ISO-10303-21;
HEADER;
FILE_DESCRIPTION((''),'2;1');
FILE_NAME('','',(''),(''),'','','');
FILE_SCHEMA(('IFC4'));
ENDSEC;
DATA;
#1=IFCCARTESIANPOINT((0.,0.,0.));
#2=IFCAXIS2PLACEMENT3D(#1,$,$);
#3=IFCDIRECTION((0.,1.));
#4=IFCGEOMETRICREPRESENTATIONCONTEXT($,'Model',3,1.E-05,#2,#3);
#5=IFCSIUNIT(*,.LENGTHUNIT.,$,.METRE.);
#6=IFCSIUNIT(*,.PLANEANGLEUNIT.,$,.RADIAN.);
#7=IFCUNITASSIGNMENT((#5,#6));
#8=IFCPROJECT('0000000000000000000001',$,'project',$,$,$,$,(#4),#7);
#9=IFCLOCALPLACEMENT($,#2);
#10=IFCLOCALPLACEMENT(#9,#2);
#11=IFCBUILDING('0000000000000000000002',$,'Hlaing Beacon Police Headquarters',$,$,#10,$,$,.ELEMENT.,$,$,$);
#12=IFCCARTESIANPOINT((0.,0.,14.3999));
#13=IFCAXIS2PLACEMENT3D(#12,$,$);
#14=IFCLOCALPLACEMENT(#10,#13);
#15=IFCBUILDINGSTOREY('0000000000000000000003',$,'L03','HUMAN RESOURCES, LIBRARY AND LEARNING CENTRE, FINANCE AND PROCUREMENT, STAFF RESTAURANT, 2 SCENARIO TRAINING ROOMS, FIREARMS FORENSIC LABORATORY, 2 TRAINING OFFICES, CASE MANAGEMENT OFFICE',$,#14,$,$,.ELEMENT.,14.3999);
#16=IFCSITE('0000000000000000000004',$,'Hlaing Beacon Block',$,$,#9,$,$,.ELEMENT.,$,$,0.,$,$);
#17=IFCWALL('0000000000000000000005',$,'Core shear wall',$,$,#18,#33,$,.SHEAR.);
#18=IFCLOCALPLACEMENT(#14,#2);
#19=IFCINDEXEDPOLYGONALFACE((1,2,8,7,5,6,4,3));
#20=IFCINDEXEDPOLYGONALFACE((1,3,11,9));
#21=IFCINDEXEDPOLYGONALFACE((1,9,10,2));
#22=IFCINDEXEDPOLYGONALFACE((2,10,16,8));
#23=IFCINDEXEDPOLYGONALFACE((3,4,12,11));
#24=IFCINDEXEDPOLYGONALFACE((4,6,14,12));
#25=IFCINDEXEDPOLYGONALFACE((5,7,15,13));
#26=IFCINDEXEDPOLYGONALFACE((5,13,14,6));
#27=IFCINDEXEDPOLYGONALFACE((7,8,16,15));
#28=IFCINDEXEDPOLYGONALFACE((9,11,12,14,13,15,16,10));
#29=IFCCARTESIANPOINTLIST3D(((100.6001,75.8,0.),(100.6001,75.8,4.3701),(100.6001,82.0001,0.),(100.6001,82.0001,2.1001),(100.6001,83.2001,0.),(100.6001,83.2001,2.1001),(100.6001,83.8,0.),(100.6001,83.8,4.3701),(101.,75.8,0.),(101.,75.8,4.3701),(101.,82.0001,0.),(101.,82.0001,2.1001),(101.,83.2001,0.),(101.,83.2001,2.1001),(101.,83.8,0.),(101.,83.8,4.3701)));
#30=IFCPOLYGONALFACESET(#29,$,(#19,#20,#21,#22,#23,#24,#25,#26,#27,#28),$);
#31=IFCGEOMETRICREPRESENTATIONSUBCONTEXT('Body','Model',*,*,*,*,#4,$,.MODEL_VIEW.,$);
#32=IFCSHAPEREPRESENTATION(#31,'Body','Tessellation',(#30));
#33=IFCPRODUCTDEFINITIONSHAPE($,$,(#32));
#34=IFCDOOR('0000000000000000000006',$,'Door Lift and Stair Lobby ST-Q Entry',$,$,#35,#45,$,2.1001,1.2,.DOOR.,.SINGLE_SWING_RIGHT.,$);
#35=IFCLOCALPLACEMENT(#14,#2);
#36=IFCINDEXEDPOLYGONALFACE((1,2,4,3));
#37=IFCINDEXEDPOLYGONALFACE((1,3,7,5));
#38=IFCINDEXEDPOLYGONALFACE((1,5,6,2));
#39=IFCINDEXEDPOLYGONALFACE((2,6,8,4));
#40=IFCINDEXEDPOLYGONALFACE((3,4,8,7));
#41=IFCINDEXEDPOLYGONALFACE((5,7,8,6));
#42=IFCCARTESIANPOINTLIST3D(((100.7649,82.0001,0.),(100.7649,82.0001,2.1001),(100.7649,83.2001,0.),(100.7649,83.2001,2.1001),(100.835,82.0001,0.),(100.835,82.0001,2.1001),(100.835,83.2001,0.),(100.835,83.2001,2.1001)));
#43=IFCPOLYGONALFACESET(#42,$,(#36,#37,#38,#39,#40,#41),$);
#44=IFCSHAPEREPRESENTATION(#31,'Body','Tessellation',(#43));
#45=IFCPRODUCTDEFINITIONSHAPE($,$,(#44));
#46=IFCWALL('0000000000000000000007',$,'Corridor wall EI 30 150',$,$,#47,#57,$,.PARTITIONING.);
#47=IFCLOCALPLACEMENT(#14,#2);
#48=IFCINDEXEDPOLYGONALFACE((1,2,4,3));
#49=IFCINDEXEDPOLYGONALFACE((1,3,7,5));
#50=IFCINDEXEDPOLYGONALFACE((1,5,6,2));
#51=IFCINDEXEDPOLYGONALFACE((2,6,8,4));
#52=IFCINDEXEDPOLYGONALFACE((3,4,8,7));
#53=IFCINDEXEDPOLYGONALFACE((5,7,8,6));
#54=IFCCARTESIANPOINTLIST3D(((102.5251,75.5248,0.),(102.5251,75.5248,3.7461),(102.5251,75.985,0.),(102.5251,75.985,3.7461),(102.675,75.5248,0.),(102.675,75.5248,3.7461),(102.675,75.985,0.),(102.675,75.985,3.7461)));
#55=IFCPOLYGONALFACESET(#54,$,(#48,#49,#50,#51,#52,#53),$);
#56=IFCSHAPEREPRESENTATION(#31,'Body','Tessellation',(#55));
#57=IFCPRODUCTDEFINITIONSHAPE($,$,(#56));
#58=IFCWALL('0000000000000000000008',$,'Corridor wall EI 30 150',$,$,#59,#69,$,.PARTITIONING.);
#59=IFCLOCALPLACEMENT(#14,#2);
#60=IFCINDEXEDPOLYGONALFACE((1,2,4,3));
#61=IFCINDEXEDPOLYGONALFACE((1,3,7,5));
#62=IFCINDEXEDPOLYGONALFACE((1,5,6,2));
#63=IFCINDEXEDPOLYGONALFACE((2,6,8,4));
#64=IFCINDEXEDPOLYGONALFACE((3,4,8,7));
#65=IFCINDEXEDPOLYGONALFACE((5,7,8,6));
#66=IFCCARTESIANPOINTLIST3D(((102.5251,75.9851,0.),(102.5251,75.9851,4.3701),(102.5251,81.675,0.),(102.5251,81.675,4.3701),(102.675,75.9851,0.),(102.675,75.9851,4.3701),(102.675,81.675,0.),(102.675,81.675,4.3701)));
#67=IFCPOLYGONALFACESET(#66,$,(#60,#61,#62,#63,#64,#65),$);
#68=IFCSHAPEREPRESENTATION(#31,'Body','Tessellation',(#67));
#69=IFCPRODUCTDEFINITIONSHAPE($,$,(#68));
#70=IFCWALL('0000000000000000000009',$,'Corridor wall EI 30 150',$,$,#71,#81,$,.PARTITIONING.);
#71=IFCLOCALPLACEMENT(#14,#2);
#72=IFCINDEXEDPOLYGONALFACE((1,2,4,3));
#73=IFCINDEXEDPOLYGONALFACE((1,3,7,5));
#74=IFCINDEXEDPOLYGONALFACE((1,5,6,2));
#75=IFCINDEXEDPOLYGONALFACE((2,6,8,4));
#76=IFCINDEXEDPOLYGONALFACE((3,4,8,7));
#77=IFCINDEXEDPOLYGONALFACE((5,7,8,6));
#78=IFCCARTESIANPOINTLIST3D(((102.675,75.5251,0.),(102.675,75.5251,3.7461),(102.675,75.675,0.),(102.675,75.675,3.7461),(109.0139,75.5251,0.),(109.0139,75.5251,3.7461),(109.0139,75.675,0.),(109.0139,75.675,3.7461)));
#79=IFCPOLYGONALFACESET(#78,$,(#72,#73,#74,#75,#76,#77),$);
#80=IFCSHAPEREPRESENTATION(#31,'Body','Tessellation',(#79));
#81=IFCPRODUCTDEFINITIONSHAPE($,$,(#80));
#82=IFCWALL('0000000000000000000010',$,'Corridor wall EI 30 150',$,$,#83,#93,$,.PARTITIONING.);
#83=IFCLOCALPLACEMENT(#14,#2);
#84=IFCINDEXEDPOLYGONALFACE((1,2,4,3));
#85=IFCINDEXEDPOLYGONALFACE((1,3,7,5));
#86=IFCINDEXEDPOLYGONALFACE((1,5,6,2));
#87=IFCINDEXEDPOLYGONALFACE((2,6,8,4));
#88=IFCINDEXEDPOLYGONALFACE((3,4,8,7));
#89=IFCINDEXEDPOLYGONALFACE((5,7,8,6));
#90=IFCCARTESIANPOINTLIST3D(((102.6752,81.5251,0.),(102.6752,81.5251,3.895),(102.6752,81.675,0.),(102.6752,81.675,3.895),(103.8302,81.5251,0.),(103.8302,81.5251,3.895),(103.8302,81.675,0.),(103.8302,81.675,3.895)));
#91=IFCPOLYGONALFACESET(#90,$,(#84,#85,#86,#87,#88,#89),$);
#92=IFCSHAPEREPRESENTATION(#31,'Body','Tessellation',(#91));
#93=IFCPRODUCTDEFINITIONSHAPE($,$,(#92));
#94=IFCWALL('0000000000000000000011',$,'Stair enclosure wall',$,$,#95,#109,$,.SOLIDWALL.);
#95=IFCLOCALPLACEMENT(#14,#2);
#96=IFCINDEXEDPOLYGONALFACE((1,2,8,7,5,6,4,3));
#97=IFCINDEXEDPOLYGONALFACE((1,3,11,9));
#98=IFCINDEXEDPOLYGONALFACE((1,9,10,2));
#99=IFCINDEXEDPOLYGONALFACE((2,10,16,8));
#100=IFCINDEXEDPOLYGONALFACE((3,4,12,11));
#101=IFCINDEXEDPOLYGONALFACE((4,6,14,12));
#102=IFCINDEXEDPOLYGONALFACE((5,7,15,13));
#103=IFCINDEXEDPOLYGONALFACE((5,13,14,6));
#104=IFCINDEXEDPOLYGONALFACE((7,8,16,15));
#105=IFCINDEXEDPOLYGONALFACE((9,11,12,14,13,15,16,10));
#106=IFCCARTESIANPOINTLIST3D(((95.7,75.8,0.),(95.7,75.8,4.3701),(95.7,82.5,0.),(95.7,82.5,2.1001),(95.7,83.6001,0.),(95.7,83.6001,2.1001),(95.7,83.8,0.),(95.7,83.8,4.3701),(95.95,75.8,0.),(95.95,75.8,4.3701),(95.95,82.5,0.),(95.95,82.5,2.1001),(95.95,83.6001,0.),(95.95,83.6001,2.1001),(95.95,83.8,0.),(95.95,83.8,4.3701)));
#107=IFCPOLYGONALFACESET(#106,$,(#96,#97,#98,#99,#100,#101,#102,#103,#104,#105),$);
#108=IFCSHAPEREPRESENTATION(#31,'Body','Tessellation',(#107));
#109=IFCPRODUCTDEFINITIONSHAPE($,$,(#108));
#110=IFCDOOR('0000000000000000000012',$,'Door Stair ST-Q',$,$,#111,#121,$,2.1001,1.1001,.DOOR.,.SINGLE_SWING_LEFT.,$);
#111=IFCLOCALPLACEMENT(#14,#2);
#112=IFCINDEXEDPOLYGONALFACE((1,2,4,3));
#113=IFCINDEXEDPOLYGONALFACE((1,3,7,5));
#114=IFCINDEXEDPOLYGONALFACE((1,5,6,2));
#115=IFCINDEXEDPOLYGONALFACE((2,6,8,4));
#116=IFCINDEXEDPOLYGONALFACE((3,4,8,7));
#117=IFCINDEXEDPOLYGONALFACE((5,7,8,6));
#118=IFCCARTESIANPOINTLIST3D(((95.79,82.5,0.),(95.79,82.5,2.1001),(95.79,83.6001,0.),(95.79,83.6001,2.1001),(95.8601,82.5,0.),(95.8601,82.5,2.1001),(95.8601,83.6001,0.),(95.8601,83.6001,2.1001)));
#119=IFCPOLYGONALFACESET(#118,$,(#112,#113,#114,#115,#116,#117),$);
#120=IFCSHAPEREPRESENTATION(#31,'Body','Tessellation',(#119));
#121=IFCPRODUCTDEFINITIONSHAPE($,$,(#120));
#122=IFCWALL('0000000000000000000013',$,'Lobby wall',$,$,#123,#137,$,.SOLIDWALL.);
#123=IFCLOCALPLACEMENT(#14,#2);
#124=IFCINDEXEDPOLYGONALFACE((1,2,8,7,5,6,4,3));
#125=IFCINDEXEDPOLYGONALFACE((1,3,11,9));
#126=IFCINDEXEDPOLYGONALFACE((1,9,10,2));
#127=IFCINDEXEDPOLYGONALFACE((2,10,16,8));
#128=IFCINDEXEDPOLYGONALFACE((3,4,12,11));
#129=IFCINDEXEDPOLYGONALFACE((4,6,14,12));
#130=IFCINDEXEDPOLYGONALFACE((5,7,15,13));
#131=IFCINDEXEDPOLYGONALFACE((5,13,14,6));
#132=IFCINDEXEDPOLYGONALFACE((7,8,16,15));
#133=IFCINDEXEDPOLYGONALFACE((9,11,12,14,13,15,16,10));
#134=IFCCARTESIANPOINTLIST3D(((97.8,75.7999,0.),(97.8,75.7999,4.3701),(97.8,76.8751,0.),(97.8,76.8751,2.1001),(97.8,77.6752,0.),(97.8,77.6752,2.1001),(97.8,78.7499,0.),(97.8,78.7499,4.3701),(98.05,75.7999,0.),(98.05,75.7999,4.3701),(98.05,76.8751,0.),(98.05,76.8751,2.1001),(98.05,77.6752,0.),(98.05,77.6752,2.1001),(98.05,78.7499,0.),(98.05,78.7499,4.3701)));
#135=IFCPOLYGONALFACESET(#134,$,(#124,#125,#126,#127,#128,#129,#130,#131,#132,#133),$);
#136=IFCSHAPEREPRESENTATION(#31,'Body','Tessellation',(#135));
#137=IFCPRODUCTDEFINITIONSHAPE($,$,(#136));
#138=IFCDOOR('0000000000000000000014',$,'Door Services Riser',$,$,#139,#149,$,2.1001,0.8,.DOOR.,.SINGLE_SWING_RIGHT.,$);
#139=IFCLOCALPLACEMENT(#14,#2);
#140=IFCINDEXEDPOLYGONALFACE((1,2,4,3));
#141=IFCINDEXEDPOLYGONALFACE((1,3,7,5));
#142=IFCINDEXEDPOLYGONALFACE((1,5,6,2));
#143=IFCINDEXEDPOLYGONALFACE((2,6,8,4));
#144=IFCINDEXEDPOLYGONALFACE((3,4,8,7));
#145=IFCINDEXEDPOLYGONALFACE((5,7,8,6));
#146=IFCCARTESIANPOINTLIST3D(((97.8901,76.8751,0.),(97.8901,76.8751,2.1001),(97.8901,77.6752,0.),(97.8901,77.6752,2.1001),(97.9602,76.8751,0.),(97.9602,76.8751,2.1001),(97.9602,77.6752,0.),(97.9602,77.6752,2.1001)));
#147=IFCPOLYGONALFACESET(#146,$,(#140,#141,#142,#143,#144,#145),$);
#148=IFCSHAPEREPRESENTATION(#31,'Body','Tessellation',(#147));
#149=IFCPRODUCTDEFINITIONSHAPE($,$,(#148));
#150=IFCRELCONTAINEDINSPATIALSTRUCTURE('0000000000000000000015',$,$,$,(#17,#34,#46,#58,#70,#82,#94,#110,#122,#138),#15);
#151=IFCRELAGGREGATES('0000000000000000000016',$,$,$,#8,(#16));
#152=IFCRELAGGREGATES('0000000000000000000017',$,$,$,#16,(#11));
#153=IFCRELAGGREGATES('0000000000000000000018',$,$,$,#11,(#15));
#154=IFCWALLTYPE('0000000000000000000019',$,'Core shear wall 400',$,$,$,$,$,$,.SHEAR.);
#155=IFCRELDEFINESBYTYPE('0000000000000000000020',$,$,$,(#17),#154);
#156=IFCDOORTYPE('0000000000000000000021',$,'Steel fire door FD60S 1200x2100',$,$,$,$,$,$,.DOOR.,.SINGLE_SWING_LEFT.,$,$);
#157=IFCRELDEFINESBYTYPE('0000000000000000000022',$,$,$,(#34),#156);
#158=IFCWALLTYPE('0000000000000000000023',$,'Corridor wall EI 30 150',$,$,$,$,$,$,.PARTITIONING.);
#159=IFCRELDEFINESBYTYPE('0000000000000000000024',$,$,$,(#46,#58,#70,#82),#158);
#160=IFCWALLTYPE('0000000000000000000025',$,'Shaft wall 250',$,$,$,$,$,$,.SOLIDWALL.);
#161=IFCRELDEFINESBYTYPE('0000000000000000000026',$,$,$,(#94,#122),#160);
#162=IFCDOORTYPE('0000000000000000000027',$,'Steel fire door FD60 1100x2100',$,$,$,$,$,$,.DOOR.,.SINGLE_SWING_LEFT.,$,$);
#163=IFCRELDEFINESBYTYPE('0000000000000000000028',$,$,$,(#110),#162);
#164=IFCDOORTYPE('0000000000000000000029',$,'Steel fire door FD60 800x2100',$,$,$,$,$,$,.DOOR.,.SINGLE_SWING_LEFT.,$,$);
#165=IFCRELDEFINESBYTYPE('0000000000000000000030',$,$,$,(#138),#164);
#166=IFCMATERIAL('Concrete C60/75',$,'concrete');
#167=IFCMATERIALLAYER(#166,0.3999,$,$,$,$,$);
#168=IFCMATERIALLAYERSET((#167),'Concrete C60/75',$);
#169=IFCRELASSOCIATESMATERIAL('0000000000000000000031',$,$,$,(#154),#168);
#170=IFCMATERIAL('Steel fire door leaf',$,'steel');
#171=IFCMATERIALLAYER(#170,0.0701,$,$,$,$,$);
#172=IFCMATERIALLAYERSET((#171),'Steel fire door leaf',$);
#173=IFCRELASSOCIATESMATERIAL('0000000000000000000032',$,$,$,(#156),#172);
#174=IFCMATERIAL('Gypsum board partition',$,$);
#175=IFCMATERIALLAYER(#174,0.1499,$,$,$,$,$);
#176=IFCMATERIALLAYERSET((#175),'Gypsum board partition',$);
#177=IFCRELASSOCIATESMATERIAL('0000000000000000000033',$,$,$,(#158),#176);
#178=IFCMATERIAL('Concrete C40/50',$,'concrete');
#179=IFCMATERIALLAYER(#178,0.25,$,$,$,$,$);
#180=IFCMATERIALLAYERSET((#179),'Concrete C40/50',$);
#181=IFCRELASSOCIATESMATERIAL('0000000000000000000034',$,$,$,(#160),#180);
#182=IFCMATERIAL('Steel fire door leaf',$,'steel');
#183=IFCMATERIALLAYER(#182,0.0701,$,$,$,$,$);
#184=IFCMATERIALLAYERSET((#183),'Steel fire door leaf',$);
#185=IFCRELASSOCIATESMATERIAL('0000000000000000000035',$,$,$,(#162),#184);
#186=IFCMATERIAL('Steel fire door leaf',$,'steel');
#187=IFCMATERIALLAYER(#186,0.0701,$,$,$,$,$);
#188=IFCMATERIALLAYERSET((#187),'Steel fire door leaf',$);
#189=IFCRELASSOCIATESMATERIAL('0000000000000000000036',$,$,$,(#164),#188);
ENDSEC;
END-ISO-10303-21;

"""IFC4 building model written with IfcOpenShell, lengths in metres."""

from ifc_helpers import new_model, si_unit, direction, frame, frame_2d, origin, place, context, subcontext, project, spatial, rectangle, extrude, material, layer, layer_set, type_object, element, fill, save


model = new_model("IFC4")

# Units and contexts
model_context = context("Model", 3, precision=1e-05, world=origin(), true_north=direction((0.0, 1.0)))
body_context = subcontext(model_context, "Body", "Model", "MODEL_VIEW")
ifc_project = project(units=[si_unit("LENGTHUNIT", "METRE"), si_unit("PLANEANGLEUNIT", "RADIAN")], contexts=[model_context])

# Site, building, storey
site_placement = place(None, origin())
site = spatial("IfcSite", under=ifc_project, at=site_placement, Name="Hlaing Beacon Block", CompositionType="ELEMENT", RefElevation=0.0)
building_placement = place(site_placement, origin())
building = spatial("IfcBuilding", under=site, at=building_placement, Name="Hlaing Beacon Police Headquarters", CompositionType="ELEMENT")
storey_placement = place(building_placement, frame((0.0, 0.0, 14.3999)))
storey = spatial("IfcBuildingStorey", under=building, at=storey_placement, Name="L03", Description="HUMAN RESOURCES, LIBRARY AND LEARNING CENTRE, FINANCE AND PROCUREMENT, STAFF RESTAURANT, 2 SCENARIO TRAINING ROOMS, FIREARMS FORENSIC LABORATORY, 2 TRAINING OFFICES, CASE MANAGEMENT OFFICE", CompositionType="ELEMENT", Elevation=14.3999)

# Wall, opening, door
ifc_material_1 = material(Name="Concrete C60/75", Category="concrete")
ifc_layer_1 = layer(ifc_material_1, 0.3999)
ifc_layer_set_1 = layer_set([ifc_layer_1], Name="Concrete C60/75")
wall_type_1 = type_object("IfcWallType", Name="Core shear wall 400", PredefinedType="SHEAR", material=ifc_layer_set_1)
wall_1_placement = place(storey_placement, frame((100.8, 75.8, 0.0), z_axis=(0.0, 0.0, 1.0), x_axis=(0.0, 1.0, 0.0)))
wall_1 = element("IfcWall", 1, at=wall_1_placement, inside=storey, type_object=wall_type_1, Name="Core shear wall", PredefinedType="SHEAR", context=body_context, shape_type="SweptSolid", body=[
    extrude(rectangle(XDim=8.0, YDim=0.3999, at=frame_2d((4.0, 0.0))), origin(), (0.0, 0.0, 1.0), 4.3701),
])
opening_1_placement = place(wall_1_placement, frame((6.2, 0.0, 0.0)))
opening_1 = element("IfcOpeningElement", 2, at=opening_1_placement, cuts=wall_1, PredefinedType="OPENING", context=body_context, shape_type="SweptSolid", body=[
    extrude(rectangle(XDim=1.2, YDim=2.1001, at=frame_2d((0.6001, 1.05))), frame((0.0, 0.21, 0.0), z_axis=(0.0, -1.0, 0.0), x_axis=(1.0, 0.0, 0.0)), (0.0, 0.0, 1.0), 0.4199),
])
ifc_material_2 = material(Name="Steel fire door leaf", Category="steel")
ifc_layer_2 = layer(ifc_material_2, 0.0701)
ifc_layer_set_2 = layer_set([ifc_layer_2], Name="Steel fire door leaf")
door_type_1 = type_object("IfcDoorType", Name="Steel fire door FD60S 1200x2100", OperationType="SINGLE_SWING_LEFT", PredefinedType="DOOR", material=ifc_layer_set_2)
door_1_placement = place(opening_1_placement, origin())
door_1 = element("IfcDoor", 3, at=door_1_placement, inside=storey, type_object=door_type_1, Name="Door Lift and Stair Lobby ST-Q Entry", OperationType="SINGLE_SWING_RIGHT", OverallHeight=2.1001, OverallWidth=1.2, PredefinedType="DOOR", context=body_context, shape_type="SweptSolid", body=[
    extrude(rectangle(XDim=1.2, YDim=2.1001, at=frame_2d((0.6001, 1.05))), frame((0.0, 0.0352, 0.0), z_axis=(0.0, -1.0, 0.0), x_axis=(1.0, 0.0, 0.0)), (0.0, 0.0, 1.0), 0.0701),
])
fill(opening_1, door_1)

# Walls
ifc_material_3 = material(Name="Gypsum board partition")
ifc_layer_3 = layer(ifc_material_3, 0.1499)
ifc_layer_set_3 = layer_set([ifc_layer_3], Name="Gypsum board partition")
wall_type_2 = type_object("IfcWallType", Name="Corridor wall EI 30 150", PredefinedType="PARTITIONING", material=ifc_layer_set_3)
wall_2_placement = place(storey_placement, frame((102.6001, 75.5249, 0.0), z_axis=(0.0, 0.0, 1.0), x_axis=(0.0, 1.0, 0.0)))
element("IfcWall", 4, at=wall_2_placement, inside=storey, type_object=wall_type_2, Name="Corridor wall EI 30 150", PredefinedType="PARTITIONING", context=body_context, shape_type="SweptSolid", body=[
    extrude(rectangle(XDim=0.4602, YDim=0.1499, at=frame_2d((0.23, 0.0))), origin(), (0.0, 0.0, 1.0), 3.7461),
])
wall_3_placement = place(storey_placement, frame((102.6001, 75.9851, 0.0), z_axis=(0.0, 0.0, 1.0), x_axis=(0.0, 1.0, 0.0)))
element("IfcWall", 5, at=wall_3_placement, inside=storey, type_object=wall_type_2, Name="Corridor wall EI 30 150", PredefinedType="PARTITIONING", context=body_context, shape_type="SweptSolid", body=[
    extrude(rectangle(XDim=5.6899, YDim=0.1499, at=frame_2d((2.845, 0.0))), origin(), (0.0, 0.0, 1.0), 4.3701),
])
wall_4_placement = place(storey_placement, frame((102.675, 75.6001, 0.0), z_axis=(0.0, 0.0, 1.0), x_axis=(1.0, 0.0, 0.0)))
element("IfcWall", 6, at=wall_4_placement, inside=storey, type_object=wall_type_2, Name="Corridor wall EI 30 150", PredefinedType="PARTITIONING", context=body_context, shape_type="SweptSolid", body=[
    extrude(rectangle(XDim=6.3389, YDim=0.1499, at=frame_2d((3.1694, 0.0))), origin(), (0.0, 0.0, 1.0), 3.7461),
])
wall_5_placement = place(storey_placement, frame((102.675, 81.6001, 0.0), z_axis=(0.0, 0.0, 1.0), x_axis=(1.0, 0.0, 0.0)))
element("IfcWall", 7, at=wall_5_placement, inside=storey, type_object=wall_type_2, Name="Corridor wall EI 30 150", PredefinedType="PARTITIONING", context=body_context, shape_type="SweptSolid", body=[
    extrude(rectangle(XDim=1.155, YDim=0.1499, at=frame_2d((0.5776, 0.0))), origin(), (0.0, 0.0, 1.0), 3.895),
])

# Walls, openings, doors
ifc_material_4 = material(Name="Concrete C40/50", Category="concrete")
ifc_layer_4 = layer(ifc_material_4, 0.25)
ifc_layer_set_4 = layer_set([ifc_layer_4], Name="Concrete C40/50")
wall_type_3 = type_object("IfcWallType", Name="Shaft wall 250", PredefinedType="SOLIDWALL", material=ifc_layer_set_4)
wall_6_placement = place(storey_placement, frame((95.825, 83.8, 0.0), z_axis=(0.0, 0.0, 1.0), x_axis=(0.0, -1.0, 0.0)))
wall_6 = element("IfcWall", 8, at=wall_6_placement, inside=storey, type_object=wall_type_3, Name="Stair enclosure wall", PredefinedType="SOLIDWALL", context=body_context, shape_type="SweptSolid", body=[
    extrude(rectangle(XDim=8.0, YDim=0.25, at=frame_2d((4.0, 0.0))), origin(), (0.0, 0.0, 1.0), 4.3701),
])
opening_2_placement = place(wall_6_placement, frame((0.2, 0.0, 0.0)))
opening_2 = element("IfcOpeningElement", 9, at=opening_2_placement, cuts=wall_6, PredefinedType="OPENING", context=body_context, shape_type="SweptSolid", body=[
    extrude(rectangle(XDim=1.1001, YDim=2.1001, at=frame_2d((0.55, 1.05))), frame((0.0, 0.135, 0.0), z_axis=(0.0, -1.0, 0.0), x_axis=(1.0, 0.0, 0.0)), (0.0, 0.0, 1.0), 0.27),
])
ifc_material_5 = material(Name="Steel fire door leaf", Category="steel")
ifc_layer_5 = layer(ifc_material_5, 0.0701)
ifc_layer_set_5 = layer_set([ifc_layer_5], Name="Steel fire door leaf")
door_type_2 = type_object("IfcDoorType", Name="Steel fire door FD60 1100x2100", OperationType="SINGLE_SWING_LEFT", PredefinedType="DOOR", material=ifc_layer_set_5)
door_2_placement = place(opening_2_placement, frame((1.1001, 0.0, 0.0), z_axis=(0.0, 0.0, 1.0), x_axis=(-1.0, 0.0, 0.0)))
door_2 = element("IfcDoor", 10, at=door_2_placement, inside=storey, type_object=door_type_2, Name="Door Stair ST-Q", OperationType="SINGLE_SWING_LEFT", OverallHeight=2.1001, OverallWidth=1.1001, PredefinedType="DOOR", context=body_context, shape_type="SweptSolid", body=[
    extrude(rectangle(XDim=1.1001, YDim=2.1001, at=frame_2d((0.55, 1.05))), frame((0.0, 0.0349, 0.0), z_axis=(0.0, -1.0, 0.0), x_axis=(1.0, 0.0, 0.0)), (0.0, 0.0, 1.0), 0.0701),
])
fill(opening_2, door_2)
wall_7_placement = place(storey_placement, frame((97.925, 78.75, 0.0), z_axis=(0.0, 0.0, 1.0), x_axis=(0.0, -1.0, 0.0)))
wall_7 = element("IfcWall", 11, at=wall_7_placement, inside=storey, type_object=wall_type_3, Name="Lobby wall", PredefinedType="SOLIDWALL", context=body_context, shape_type="SweptSolid", body=[
    extrude(rectangle(XDim=2.95, YDim=0.25, at=frame_2d((1.4751, 0.0))), origin(), (0.0, 0.0, 1.0), 4.3701),
])
opening_3_placement = place(wall_7_placement, frame((1.075, 0.0, 0.0)))
opening_3 = element("IfcOpeningElement", 12, at=opening_3_placement, cuts=wall_7, PredefinedType="OPENING", context=body_context, shape_type="SweptSolid", body=[
    extrude(rectangle(XDim=0.8, YDim=2.1001, at=frame_2d((0.3999, 1.05))), frame((0.0, 0.135, 0.0), z_axis=(0.0, -1.0, 0.0), x_axis=(1.0, 0.0, 0.0)), (0.0, 0.0, 1.0), 0.27),
])
ifc_material_6 = material(Name="Steel fire door leaf", Category="steel")
ifc_layer_6 = layer(ifc_material_6, 0.0701)
ifc_layer_set_6 = layer_set([ifc_layer_6], Name="Steel fire door leaf")
door_type_3 = type_object("IfcDoorType", Name="Steel fire door FD60 800x2100", OperationType="SINGLE_SWING_LEFT", PredefinedType="DOOR", material=ifc_layer_set_6)
door_3_placement = place(opening_3_placement, origin())
door_3 = element("IfcDoor", 13, at=door_3_placement, inside=storey, type_object=door_type_3, Name="Door Services Riser", OperationType="SINGLE_SWING_RIGHT", OverallHeight=2.1001, OverallWidth=0.8, PredefinedType="DOOR", context=body_context, shape_type="SweptSolid", body=[
    extrude(rectangle(XDim=0.8, YDim=2.1001, at=frame_2d((0.3999, 1.05))), frame((0.0, 0.0352, 0.0), z_axis=(0.0, -1.0, 0.0), x_axis=(1.0, 0.0, 0.0)), (0.0, 0.0, 1.0), 0.0701),
])
fill(opening_3, door_3)

save(model, "model.ifc")
